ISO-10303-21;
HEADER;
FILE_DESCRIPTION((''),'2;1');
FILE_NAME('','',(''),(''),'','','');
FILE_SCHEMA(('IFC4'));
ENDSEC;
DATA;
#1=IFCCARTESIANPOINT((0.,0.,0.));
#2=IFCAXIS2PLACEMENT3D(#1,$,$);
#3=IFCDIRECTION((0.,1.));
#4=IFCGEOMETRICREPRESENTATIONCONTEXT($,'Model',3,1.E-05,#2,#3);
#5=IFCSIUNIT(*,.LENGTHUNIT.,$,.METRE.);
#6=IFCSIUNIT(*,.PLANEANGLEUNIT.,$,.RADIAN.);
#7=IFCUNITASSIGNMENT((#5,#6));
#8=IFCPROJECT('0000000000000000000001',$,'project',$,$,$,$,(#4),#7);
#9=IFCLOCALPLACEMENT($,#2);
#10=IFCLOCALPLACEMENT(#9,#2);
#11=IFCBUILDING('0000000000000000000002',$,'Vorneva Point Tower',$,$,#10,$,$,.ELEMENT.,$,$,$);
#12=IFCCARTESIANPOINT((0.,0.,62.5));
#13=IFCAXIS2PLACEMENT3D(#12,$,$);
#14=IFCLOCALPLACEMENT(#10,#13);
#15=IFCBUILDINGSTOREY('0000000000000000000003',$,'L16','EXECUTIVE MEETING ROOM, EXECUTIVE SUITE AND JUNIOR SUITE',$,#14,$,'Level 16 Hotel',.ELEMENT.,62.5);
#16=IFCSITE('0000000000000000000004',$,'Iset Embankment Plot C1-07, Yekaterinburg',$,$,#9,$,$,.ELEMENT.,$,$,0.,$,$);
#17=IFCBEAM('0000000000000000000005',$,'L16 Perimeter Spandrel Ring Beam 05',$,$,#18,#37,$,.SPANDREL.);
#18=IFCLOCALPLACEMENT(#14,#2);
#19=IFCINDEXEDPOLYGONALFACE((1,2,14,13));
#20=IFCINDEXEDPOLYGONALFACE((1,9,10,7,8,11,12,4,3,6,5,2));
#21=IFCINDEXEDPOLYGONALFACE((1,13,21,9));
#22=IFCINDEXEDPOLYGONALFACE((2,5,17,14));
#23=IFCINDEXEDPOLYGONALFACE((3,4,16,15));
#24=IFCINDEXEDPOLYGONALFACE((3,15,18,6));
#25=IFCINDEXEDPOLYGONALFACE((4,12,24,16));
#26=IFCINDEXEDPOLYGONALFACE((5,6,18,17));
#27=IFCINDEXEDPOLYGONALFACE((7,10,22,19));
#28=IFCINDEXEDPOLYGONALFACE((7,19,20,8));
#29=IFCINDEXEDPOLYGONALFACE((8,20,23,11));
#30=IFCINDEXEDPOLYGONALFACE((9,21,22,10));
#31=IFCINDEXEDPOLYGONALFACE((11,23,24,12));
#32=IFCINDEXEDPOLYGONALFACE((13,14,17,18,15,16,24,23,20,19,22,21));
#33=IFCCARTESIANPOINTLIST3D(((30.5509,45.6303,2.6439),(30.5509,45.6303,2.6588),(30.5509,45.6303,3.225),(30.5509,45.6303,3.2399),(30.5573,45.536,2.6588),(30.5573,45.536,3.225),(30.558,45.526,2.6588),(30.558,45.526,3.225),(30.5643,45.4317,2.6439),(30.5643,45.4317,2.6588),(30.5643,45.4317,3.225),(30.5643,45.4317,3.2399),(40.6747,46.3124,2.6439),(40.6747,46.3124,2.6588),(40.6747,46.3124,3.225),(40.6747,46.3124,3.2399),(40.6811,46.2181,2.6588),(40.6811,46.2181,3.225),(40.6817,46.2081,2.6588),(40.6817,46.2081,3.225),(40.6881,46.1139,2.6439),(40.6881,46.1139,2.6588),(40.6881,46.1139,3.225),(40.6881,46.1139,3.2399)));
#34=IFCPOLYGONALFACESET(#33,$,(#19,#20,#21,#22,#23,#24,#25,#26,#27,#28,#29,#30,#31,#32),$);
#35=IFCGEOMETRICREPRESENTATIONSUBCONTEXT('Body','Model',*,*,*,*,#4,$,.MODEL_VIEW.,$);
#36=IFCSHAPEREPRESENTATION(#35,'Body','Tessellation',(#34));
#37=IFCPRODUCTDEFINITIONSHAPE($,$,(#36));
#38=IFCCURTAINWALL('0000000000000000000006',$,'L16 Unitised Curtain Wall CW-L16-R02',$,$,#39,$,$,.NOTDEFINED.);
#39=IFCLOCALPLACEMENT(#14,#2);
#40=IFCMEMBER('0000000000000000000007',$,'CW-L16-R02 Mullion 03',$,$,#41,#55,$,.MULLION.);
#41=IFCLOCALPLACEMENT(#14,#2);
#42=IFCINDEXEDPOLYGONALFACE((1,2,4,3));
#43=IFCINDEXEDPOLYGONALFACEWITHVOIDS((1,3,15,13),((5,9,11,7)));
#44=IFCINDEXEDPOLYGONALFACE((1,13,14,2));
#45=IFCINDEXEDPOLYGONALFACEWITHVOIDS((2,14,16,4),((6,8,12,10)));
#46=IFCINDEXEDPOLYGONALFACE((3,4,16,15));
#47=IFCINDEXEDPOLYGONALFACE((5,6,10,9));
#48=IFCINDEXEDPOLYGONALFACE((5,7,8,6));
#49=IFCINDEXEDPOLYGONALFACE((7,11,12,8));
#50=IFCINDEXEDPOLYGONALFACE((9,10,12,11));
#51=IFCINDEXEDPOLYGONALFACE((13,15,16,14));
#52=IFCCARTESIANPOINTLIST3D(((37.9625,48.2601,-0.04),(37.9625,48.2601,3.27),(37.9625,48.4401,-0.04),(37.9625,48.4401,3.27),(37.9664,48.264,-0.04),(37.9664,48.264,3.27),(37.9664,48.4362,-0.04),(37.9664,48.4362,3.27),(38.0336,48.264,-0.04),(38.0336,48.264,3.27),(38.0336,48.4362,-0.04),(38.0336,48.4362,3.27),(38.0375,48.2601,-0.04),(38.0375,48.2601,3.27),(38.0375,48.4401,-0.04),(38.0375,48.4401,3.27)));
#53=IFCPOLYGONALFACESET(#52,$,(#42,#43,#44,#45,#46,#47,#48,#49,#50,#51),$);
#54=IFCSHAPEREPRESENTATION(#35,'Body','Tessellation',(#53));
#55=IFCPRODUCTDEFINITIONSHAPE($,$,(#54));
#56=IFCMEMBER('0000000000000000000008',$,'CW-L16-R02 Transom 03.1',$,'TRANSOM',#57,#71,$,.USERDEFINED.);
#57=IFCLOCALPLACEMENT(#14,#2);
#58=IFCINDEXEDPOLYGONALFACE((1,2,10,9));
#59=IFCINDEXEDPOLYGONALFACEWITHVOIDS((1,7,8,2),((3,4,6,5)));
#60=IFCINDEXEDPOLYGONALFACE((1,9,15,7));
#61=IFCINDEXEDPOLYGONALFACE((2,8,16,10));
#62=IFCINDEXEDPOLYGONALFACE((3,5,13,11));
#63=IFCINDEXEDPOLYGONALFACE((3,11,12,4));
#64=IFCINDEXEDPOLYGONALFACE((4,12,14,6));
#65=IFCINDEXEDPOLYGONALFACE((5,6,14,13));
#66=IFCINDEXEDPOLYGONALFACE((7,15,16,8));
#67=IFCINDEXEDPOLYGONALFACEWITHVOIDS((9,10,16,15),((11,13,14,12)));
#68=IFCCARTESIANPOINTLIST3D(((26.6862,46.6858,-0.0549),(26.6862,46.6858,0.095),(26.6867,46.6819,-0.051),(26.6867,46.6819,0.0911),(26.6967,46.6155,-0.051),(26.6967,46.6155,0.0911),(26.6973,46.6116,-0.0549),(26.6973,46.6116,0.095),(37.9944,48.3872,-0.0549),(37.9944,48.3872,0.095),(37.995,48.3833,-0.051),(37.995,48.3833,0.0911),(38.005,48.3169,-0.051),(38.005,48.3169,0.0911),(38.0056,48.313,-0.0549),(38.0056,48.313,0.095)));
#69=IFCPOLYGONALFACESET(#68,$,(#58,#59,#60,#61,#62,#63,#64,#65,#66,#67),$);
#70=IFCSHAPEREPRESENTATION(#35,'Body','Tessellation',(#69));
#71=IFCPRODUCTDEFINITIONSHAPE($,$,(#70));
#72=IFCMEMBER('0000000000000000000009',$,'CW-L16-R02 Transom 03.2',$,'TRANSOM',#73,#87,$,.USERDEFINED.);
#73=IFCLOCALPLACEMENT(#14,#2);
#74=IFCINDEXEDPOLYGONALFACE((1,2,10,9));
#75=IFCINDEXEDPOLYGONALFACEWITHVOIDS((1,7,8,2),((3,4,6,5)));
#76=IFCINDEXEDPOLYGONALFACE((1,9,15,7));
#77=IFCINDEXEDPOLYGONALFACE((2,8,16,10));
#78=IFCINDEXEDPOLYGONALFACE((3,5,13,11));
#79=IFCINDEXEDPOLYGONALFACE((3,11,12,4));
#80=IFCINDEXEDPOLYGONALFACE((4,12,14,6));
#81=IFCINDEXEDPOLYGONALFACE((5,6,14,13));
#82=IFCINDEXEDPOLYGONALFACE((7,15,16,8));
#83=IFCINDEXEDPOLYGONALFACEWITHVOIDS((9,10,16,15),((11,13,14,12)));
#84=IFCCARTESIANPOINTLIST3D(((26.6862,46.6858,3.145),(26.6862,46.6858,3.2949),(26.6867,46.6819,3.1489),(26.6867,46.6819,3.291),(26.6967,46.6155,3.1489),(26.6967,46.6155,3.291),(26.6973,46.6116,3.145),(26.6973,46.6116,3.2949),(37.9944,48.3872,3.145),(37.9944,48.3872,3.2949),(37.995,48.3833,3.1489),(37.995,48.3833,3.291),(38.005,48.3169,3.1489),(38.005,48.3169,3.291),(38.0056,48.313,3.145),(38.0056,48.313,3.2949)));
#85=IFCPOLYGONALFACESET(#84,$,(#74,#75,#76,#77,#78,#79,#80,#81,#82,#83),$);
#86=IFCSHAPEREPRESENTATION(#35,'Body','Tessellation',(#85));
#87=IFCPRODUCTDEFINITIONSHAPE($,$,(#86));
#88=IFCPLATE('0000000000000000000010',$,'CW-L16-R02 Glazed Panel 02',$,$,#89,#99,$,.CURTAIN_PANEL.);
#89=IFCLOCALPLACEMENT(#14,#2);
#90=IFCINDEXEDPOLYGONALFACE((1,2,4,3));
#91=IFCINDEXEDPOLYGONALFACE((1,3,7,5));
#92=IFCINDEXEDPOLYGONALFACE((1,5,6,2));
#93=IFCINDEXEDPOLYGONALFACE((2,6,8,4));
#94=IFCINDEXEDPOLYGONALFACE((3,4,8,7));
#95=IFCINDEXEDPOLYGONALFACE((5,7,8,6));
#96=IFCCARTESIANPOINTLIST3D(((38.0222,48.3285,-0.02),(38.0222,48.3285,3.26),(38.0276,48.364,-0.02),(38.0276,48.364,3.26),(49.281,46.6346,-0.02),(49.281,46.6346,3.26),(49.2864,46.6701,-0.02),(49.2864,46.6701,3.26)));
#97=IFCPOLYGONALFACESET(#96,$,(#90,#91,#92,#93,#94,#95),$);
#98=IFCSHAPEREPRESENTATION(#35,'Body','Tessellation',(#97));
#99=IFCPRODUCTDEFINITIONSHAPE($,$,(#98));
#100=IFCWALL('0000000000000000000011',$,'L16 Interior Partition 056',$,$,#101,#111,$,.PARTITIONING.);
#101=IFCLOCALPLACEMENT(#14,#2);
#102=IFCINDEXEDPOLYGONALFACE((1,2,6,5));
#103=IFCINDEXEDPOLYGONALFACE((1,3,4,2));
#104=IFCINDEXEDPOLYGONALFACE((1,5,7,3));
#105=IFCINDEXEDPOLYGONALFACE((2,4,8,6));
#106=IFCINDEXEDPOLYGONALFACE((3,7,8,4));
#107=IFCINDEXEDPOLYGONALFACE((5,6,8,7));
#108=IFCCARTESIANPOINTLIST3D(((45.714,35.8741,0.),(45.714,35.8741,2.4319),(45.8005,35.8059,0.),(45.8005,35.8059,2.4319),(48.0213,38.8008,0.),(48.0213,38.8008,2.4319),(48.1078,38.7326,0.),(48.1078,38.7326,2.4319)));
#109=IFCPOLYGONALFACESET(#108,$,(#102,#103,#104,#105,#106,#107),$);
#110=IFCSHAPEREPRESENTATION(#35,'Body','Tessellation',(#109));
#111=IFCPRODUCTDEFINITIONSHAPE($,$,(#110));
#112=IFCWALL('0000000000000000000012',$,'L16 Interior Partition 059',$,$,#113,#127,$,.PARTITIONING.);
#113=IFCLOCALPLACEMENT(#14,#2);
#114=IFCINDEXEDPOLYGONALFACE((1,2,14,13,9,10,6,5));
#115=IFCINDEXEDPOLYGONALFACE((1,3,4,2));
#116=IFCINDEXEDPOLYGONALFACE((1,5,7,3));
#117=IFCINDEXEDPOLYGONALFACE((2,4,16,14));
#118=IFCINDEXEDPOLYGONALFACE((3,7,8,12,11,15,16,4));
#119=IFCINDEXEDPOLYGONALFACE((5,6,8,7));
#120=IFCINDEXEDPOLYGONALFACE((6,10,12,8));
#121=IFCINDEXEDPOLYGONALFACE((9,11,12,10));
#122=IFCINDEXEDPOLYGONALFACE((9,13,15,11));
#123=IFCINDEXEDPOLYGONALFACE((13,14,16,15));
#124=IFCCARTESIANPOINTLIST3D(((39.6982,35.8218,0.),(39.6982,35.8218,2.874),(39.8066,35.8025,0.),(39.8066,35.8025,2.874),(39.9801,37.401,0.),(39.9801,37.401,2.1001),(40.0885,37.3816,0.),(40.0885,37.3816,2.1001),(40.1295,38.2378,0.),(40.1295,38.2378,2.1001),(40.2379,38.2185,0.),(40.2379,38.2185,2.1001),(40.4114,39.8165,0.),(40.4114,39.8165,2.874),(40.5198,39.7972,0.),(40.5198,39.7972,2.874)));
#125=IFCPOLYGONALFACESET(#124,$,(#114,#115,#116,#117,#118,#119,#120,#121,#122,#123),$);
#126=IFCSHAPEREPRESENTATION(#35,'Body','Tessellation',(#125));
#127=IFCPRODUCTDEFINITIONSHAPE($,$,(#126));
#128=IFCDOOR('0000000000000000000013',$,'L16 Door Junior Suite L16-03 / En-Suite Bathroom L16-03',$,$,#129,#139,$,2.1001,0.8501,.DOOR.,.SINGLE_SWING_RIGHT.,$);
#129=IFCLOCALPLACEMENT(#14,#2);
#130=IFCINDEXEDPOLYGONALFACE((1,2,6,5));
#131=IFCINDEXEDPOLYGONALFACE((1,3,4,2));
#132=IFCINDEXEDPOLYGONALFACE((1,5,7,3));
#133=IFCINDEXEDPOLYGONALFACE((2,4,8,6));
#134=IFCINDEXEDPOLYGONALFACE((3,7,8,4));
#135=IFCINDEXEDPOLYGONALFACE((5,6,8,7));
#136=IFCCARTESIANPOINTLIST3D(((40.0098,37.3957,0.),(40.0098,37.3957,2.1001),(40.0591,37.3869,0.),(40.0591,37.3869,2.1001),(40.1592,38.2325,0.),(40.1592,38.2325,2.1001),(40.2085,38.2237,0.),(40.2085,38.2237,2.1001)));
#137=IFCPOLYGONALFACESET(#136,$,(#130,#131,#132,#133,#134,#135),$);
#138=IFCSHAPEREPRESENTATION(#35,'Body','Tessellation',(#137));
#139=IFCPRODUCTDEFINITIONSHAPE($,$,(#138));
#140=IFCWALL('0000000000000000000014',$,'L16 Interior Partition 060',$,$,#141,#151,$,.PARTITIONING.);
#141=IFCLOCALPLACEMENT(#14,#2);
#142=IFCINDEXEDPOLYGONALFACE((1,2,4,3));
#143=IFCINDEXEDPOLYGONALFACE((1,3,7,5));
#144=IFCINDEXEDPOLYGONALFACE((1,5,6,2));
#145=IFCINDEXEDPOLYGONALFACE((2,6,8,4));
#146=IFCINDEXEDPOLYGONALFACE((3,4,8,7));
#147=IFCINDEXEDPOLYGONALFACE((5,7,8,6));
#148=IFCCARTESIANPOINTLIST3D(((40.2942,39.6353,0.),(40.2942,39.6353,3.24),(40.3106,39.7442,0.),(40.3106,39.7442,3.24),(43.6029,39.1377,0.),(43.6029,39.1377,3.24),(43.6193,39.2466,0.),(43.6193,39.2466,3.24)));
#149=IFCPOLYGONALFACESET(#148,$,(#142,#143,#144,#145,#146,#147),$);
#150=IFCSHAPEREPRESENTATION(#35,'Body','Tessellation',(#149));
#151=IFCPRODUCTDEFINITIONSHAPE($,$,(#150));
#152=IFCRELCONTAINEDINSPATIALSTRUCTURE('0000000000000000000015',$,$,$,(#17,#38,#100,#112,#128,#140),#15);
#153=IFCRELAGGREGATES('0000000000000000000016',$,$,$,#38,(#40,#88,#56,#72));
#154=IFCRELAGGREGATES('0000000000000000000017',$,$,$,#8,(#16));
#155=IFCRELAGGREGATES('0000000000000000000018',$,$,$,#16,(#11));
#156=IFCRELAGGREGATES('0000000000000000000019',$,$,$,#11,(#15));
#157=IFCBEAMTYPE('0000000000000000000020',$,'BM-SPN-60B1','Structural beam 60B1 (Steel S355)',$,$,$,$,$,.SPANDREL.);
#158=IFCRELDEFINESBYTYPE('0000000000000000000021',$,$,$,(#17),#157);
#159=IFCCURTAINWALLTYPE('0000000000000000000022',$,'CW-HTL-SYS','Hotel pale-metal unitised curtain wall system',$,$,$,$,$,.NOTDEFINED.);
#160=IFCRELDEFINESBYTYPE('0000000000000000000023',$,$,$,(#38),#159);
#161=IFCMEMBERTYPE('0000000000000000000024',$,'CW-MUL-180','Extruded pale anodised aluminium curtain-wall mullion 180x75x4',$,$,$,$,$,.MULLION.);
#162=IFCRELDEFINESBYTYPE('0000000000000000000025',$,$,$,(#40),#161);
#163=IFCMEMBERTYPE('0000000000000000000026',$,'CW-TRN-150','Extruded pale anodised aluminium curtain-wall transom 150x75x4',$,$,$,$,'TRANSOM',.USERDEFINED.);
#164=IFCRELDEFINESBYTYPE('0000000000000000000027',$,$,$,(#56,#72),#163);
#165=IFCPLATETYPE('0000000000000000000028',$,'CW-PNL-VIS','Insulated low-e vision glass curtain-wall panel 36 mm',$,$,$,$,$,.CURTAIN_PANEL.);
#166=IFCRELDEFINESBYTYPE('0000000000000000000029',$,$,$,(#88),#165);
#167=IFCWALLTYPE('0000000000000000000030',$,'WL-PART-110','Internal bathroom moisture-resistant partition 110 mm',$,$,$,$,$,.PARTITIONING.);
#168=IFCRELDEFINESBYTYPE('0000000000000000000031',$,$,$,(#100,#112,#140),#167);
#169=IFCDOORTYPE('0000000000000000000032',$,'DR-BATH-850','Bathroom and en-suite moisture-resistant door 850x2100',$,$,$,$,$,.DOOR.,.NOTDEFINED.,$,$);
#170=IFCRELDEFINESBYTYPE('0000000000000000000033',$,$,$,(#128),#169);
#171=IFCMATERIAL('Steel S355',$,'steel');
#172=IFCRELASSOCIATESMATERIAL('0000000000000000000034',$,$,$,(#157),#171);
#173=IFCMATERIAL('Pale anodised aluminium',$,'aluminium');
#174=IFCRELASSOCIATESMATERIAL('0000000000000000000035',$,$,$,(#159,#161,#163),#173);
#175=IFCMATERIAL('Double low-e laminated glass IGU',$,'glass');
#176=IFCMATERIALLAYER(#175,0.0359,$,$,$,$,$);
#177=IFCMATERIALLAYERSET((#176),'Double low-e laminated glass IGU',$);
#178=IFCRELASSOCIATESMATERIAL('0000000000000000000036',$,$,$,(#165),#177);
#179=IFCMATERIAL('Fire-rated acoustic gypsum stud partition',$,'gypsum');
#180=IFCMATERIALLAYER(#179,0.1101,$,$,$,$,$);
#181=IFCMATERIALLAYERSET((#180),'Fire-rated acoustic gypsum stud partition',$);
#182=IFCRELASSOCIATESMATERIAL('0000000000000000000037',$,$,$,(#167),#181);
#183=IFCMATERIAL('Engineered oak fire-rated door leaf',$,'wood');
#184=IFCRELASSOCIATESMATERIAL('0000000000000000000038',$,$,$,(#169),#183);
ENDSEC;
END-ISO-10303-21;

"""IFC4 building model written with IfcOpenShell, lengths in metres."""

from ifc_helpers import new_model, si_unit, direction, frame, frame_2d, origin, origin_2d, place, context, subcontext, project, spatial, rectangle, hollow_rectangle, i_section, extrude, material, layer, layer_set, material_profile, profile_set, type_object, element, fill, aggregate, save


model = new_model("IFC4")

# Units and contexts
model_context = context("Model", 3, precision=1e-05, world=origin(), true_north=direction((0.0, 1.0)))
body_context = subcontext(model_context, "Body", "Model", "MODEL_VIEW")
ifc_project = project(units=[si_unit("LENGTHUNIT", "METRE"), si_unit("PLANEANGLEUNIT", "RADIAN")], contexts=[model_context])

# Site, building, storey
site_placement = place(None, origin())
site = spatial("IfcSite", under=ifc_project, at=site_placement, Name="Iset Embankment Plot C1-07, Yekaterinburg", CompositionType="ELEMENT", RefElevation=0.0)
building_placement = place(site_placement, origin())
building = spatial("IfcBuilding", under=site, at=building_placement, Name="Vorneva Point Tower", CompositionType="ELEMENT")
storey_placement = place(building_placement, frame((0.0, 0.0, 62.5)))
storey = spatial("IfcBuildingStorey", under=building, at=storey_placement, Name="L16", Description="EXECUTIVE MEETING ROOM, EXECUTIVE SUITE AND JUNIOR SUITE", LongName="Level 16 Hotel", CompositionType="ELEMENT", Elevation=62.5)

# Beam
ifc_material_1 = material(Name="Steel S355", Category="steel")
ifc_material_profile_1 = material_profile(ifc_material_1, i_section(OverallWidth=0.199, OverallDepth=0.5959, WebThickness=0.01, FlangeThickness=0.0149, at=origin_2d()), Name="60B1")
ifc_profile_set_1 = profile_set([ifc_material_profile_1], Name="Steel S355")
beam_type_1 = type_object("IfcBeamType", Name="BM-SPN-60B1", Description="Structural beam 60B1 (Steel S355)", PredefinedType="SPANDREL", material=ifc_profile_set_1)
beam_1_placement = place(storey_placement, frame((40.6814, 46.2131, 2.9419), z_axis=(-0.997738, -0.067226, 0.0), x_axis=(0.067226, -0.997738, 0.0)))
element("IfcBeam", 1, at=beam_1_placement, inside=storey, type_object=beam_type_1, Name="L16 Perimeter Spandrel Ring Beam 05", PredefinedType="SPANDREL", context=body_context, shape_type="SweptSolid", body=[
    extrude(i_section(OverallWidth=0.199, OverallDepth=0.5959, WebThickness=0.01, FlangeThickness=0.0149, at=origin_2d()), origin(), (0.0, 0.0, 1.0), 10.1467),
])

# Curtain wall, members, plate
ifc_material_2 = material(Name="Pale anodised aluminium", Category="aluminium")
curtain_wall_type = type_object("IfcCurtainWallType", Name="CW-HTL-SYS", Description="Hotel pale-metal unitised curtain wall system", PredefinedType="NOTDEFINED", material=ifc_material_2)
curtain_wall_placement = place(storey_placement, origin())
curtain_wall = element("IfcCurtainWall", 2, at=curtain_wall_placement, inside=storey, type_object=curtain_wall_type, Name="L16 Unitised Curtain Wall CW-L16-R02", PredefinedType="NOTDEFINED")
ifc_material_profile_2 = material_profile(ifc_material_2, hollow_rectangle(XDim=0.075, YDim=0.1799, WallThickness=0.0039, at=origin_2d()), Name="AL-MUL 180x75x4")
ifc_profile_set_2 = profile_set([ifc_material_profile_2], Name="Pale anodised aluminium")
member_type_1 = type_object("IfcMemberType", Name="CW-MUL-180", Description="Extruded pale anodised aluminium curtain-wall mullion 180x75x4", PredefinedType="MULLION", material=ifc_profile_set_2)
member_1_placement = place(storey_placement, frame((38.0, 48.3501, -0.04), z_axis=(0.0, 0.0, 1.0), x_axis=(1.0, 0.0, 0.0)))
member_1 = element("IfcMember", 3, at=member_1_placement, type_object=member_type_1, Name="CW-L16-R02 Mullion 03", PredefinedType="MULLION", context=body_context, shape_type="SweptSolid", body=[
    extrude(hollow_rectangle(XDim=0.075, YDim=0.1799, WallThickness=0.0039, at=origin_2d()), origin(), (0.0, 0.0, 1.0), 3.3101),
])
ifc_material_profile_3 = material_profile(ifc_material_2, hollow_rectangle(XDim=0.075, YDim=0.1499, WallThickness=0.0039, at=origin_2d()), Name="AL-TRN 150x75x4")
ifc_profile_set_3 = profile_set([ifc_material_profile_3], Name="Pale anodised aluminium")
member_type_2 = type_object("IfcMemberType", Name="CW-TRN-150", Description="Extruded pale anodised aluminium curtain-wall transom 150x75x4", ElementType="TRANSOM", PredefinedType="USERDEFINED", material=ifc_profile_set_3)
member_2_placement = place(storey_placement, frame((38.0, 48.3501, 0.02), z_axis=(-0.98887, -0.148782, 0.0), x_axis=(0.148782, -0.98887, 0.0)))
member_2 = element("IfcMember", 4, at=member_2_placement, type_object=member_type_2, Name="CW-L16-R02 Transom 03.1", ObjectType="TRANSOM", PredefinedType="USERDEFINED", context=body_context, shape_type="SweptSolid", body=[
    extrude(hollow_rectangle(XDim=0.075, YDim=0.1499, WallThickness=0.0039, at=origin_2d()), origin(), (0.0, 0.0, 1.0), 11.4355),
])
member_3_placement = place(storey_placement, frame((38.0, 48.3501, 3.22), z_axis=(-0.98887, -0.148782, 0.0), x_axis=(0.148782, -0.98887, 0.0)))
member_3 = element("IfcMember", 5, at=member_3_placement, type_object=member_type_2, Name="CW-L16-R02 Transom 03.2", ObjectType="TRANSOM", PredefinedType="USERDEFINED", context=body_context, shape_type="SweptSolid", body=[
    extrude(hollow_rectangle(XDim=0.075, YDim=0.1499, WallThickness=0.0039, at=origin_2d()), origin(), (0.0, 0.0, 1.0), 11.4355),
])
ifc_material_3 = material(Name="Double low-e laminated glass IGU", Category="glass")
ifc_layer_1 = layer(ifc_material_3, 0.0359)
ifc_layer_set_1 = layer_set([ifc_layer_1], Name="Double low-e laminated glass IGU")
plate_type = type_object("IfcPlateType", Name="CW-PNL-VIS", Description="Insulated low-e vision glass curtain-wall panel 36 mm", PredefinedType="CURTAIN_PANEL", material=ifc_layer_set_1)
plate_placement = place(storey_placement, frame((43.6543, 47.4993, -0.02), z_axis=(0.0, 0.0, 1.0), x_axis=(-0.988871, 0.148776, 0.0)))
plate = element("IfcPlate", 6, at=plate_placement, type_object=plate_type, Name="CW-L16-R02 Glazed Panel 02", PredefinedType="CURTAIN_PANEL", context=body_context, shape_type="SweptSolid", body=[
    extrude(rectangle(XDim=11.3855, YDim=0.0359, at=origin_2d()), origin(), (0.0, 0.0, 1.0), 3.28),
])
aggregate(curtain_wall, [member_1, plate, member_2, member_3])

# Wall
ifc_material_4 = material(Name="Fire-rated acoustic gypsum stud partition", Category="gypsum")
ifc_layer_2 = layer(ifc_material_4, 0.1101)
ifc_layer_set_2 = layer_set([ifc_layer_2], Name="Fire-rated acoustic gypsum stud partition")
wall_type_1 = type_object("IfcWallType", Name="WL-PART-110", Description="Internal bathroom moisture-resistant partition 110 mm", PredefinedType="PARTITIONING", material=ifc_layer_set_2)
wall_1_placement = place(storey_placement, frame((45.7573, 35.8401, 0.0), z_axis=(0.0, 0.0, 1.0), x_axis=(0.619111, 0.785303, 0.0)))
element("IfcWall", 7, at=wall_1_placement, inside=storey, type_object=wall_type_1, Name="L16 Interior Partition 056", PredefinedType="PARTITIONING", context=body_context, shape_type="SweptSolid", body=[
    extrude(rectangle(XDim=3.7268, YDim=0.1101, at=frame_2d((1.8633, 0.0))), origin(), (0.0, 0.0, 1.0), 2.4319),
])

# Wall, opening, door
wall_2_placement = place(storey_placement, frame((39.7524, 35.8123, 0.0), z_axis=(0.0, 0.0, 1.0), x_axis=(0.175745, 0.984436, 0.0)))
wall_2 = element("IfcWall", 8, at=wall_2_placement, inside=storey, type_object=wall_type_1, Name="L16 Interior Partition 059", PredefinedType="PARTITIONING", context=body_context, shape_type="SweptSolid", body=[
    extrude(rectangle(XDim=4.0579, YDim=0.1101, at=frame_2d((2.0288, 0.0))), origin(), (0.0, 0.0, 1.0), 2.874),
])
opening_1_placement = place(wall_2_placement, frame((1.604, 0.0, 0.0)))
opening_1 = element("IfcOpeningElement", 9, at=opening_1_placement, cuts=wall_2, PredefinedType="OPENING", context=body_context, shape_type="SweptSolid", body=[
    extrude(rectangle(XDim=0.8501, YDim=2.1001, at=frame_2d((0.425, 1.05))), frame((0.0, 0.0698, 0.0), z_axis=(0.0, -1.0, 0.0), x_axis=(1.0, 0.0, 0.0)), (0.0, 0.0, 1.0), 0.1399),
])
ifc_material_5 = material(Name="Engineered oak fire-rated door leaf", Category="wood")
door_type_1 = type_object("IfcDoorType", Name="DR-BATH-850", Description="Bathroom and en-suite moisture-resistant door 850x2100", OperationType="NOTDEFINED", PredefinedType="DOOR", material=ifc_material_5)
door_1_placement = place(opening_1_placement, origin())
door_1 = element("IfcDoor", 10, at=door_1_placement, inside=storey, type_object=door_type_1, Name="L16 Door Junior Suite L16-03 / En-Suite Bathroom L16-03", OperationType="SINGLE_SWING_RIGHT", OverallHeight=2.1001, OverallWidth=0.8501, PredefinedType="DOOR", context=body_context, shape_type="SweptSolid", body=[
    extrude(rectangle(XDim=0.8501, YDim=2.1001, at=frame_2d((0.425, 1.05))), frame((0.0, 0.0249, 0.0), z_axis=(0.0, -1.0, 0.0), x_axis=(1.0, 0.0, 0.0)), (0.0, 0.0, 1.0), 0.05),
])
fill(opening_1, door_1)

# Wall
wall_3_placement = place(storey_placement, frame((40.3025, 39.6897, 0.0), z_axis=(0.0, 0.0, 1.0), x_axis=(0.988882, -0.148701, 0.0)))
element("IfcWall", 11, at=wall_3_placement, inside=storey, type_object=wall_type_1, Name="L16 Interior Partition 060", PredefinedType="PARTITIONING", context=body_context, shape_type="SweptSolid", body=[
    extrude(rectangle(XDim=3.3459, YDim=0.1101, at=frame_2d((1.6729, 0.0))), origin(), (0.0, 0.0, 1.0), 3.24),
])

save(model, "model.ifc")
